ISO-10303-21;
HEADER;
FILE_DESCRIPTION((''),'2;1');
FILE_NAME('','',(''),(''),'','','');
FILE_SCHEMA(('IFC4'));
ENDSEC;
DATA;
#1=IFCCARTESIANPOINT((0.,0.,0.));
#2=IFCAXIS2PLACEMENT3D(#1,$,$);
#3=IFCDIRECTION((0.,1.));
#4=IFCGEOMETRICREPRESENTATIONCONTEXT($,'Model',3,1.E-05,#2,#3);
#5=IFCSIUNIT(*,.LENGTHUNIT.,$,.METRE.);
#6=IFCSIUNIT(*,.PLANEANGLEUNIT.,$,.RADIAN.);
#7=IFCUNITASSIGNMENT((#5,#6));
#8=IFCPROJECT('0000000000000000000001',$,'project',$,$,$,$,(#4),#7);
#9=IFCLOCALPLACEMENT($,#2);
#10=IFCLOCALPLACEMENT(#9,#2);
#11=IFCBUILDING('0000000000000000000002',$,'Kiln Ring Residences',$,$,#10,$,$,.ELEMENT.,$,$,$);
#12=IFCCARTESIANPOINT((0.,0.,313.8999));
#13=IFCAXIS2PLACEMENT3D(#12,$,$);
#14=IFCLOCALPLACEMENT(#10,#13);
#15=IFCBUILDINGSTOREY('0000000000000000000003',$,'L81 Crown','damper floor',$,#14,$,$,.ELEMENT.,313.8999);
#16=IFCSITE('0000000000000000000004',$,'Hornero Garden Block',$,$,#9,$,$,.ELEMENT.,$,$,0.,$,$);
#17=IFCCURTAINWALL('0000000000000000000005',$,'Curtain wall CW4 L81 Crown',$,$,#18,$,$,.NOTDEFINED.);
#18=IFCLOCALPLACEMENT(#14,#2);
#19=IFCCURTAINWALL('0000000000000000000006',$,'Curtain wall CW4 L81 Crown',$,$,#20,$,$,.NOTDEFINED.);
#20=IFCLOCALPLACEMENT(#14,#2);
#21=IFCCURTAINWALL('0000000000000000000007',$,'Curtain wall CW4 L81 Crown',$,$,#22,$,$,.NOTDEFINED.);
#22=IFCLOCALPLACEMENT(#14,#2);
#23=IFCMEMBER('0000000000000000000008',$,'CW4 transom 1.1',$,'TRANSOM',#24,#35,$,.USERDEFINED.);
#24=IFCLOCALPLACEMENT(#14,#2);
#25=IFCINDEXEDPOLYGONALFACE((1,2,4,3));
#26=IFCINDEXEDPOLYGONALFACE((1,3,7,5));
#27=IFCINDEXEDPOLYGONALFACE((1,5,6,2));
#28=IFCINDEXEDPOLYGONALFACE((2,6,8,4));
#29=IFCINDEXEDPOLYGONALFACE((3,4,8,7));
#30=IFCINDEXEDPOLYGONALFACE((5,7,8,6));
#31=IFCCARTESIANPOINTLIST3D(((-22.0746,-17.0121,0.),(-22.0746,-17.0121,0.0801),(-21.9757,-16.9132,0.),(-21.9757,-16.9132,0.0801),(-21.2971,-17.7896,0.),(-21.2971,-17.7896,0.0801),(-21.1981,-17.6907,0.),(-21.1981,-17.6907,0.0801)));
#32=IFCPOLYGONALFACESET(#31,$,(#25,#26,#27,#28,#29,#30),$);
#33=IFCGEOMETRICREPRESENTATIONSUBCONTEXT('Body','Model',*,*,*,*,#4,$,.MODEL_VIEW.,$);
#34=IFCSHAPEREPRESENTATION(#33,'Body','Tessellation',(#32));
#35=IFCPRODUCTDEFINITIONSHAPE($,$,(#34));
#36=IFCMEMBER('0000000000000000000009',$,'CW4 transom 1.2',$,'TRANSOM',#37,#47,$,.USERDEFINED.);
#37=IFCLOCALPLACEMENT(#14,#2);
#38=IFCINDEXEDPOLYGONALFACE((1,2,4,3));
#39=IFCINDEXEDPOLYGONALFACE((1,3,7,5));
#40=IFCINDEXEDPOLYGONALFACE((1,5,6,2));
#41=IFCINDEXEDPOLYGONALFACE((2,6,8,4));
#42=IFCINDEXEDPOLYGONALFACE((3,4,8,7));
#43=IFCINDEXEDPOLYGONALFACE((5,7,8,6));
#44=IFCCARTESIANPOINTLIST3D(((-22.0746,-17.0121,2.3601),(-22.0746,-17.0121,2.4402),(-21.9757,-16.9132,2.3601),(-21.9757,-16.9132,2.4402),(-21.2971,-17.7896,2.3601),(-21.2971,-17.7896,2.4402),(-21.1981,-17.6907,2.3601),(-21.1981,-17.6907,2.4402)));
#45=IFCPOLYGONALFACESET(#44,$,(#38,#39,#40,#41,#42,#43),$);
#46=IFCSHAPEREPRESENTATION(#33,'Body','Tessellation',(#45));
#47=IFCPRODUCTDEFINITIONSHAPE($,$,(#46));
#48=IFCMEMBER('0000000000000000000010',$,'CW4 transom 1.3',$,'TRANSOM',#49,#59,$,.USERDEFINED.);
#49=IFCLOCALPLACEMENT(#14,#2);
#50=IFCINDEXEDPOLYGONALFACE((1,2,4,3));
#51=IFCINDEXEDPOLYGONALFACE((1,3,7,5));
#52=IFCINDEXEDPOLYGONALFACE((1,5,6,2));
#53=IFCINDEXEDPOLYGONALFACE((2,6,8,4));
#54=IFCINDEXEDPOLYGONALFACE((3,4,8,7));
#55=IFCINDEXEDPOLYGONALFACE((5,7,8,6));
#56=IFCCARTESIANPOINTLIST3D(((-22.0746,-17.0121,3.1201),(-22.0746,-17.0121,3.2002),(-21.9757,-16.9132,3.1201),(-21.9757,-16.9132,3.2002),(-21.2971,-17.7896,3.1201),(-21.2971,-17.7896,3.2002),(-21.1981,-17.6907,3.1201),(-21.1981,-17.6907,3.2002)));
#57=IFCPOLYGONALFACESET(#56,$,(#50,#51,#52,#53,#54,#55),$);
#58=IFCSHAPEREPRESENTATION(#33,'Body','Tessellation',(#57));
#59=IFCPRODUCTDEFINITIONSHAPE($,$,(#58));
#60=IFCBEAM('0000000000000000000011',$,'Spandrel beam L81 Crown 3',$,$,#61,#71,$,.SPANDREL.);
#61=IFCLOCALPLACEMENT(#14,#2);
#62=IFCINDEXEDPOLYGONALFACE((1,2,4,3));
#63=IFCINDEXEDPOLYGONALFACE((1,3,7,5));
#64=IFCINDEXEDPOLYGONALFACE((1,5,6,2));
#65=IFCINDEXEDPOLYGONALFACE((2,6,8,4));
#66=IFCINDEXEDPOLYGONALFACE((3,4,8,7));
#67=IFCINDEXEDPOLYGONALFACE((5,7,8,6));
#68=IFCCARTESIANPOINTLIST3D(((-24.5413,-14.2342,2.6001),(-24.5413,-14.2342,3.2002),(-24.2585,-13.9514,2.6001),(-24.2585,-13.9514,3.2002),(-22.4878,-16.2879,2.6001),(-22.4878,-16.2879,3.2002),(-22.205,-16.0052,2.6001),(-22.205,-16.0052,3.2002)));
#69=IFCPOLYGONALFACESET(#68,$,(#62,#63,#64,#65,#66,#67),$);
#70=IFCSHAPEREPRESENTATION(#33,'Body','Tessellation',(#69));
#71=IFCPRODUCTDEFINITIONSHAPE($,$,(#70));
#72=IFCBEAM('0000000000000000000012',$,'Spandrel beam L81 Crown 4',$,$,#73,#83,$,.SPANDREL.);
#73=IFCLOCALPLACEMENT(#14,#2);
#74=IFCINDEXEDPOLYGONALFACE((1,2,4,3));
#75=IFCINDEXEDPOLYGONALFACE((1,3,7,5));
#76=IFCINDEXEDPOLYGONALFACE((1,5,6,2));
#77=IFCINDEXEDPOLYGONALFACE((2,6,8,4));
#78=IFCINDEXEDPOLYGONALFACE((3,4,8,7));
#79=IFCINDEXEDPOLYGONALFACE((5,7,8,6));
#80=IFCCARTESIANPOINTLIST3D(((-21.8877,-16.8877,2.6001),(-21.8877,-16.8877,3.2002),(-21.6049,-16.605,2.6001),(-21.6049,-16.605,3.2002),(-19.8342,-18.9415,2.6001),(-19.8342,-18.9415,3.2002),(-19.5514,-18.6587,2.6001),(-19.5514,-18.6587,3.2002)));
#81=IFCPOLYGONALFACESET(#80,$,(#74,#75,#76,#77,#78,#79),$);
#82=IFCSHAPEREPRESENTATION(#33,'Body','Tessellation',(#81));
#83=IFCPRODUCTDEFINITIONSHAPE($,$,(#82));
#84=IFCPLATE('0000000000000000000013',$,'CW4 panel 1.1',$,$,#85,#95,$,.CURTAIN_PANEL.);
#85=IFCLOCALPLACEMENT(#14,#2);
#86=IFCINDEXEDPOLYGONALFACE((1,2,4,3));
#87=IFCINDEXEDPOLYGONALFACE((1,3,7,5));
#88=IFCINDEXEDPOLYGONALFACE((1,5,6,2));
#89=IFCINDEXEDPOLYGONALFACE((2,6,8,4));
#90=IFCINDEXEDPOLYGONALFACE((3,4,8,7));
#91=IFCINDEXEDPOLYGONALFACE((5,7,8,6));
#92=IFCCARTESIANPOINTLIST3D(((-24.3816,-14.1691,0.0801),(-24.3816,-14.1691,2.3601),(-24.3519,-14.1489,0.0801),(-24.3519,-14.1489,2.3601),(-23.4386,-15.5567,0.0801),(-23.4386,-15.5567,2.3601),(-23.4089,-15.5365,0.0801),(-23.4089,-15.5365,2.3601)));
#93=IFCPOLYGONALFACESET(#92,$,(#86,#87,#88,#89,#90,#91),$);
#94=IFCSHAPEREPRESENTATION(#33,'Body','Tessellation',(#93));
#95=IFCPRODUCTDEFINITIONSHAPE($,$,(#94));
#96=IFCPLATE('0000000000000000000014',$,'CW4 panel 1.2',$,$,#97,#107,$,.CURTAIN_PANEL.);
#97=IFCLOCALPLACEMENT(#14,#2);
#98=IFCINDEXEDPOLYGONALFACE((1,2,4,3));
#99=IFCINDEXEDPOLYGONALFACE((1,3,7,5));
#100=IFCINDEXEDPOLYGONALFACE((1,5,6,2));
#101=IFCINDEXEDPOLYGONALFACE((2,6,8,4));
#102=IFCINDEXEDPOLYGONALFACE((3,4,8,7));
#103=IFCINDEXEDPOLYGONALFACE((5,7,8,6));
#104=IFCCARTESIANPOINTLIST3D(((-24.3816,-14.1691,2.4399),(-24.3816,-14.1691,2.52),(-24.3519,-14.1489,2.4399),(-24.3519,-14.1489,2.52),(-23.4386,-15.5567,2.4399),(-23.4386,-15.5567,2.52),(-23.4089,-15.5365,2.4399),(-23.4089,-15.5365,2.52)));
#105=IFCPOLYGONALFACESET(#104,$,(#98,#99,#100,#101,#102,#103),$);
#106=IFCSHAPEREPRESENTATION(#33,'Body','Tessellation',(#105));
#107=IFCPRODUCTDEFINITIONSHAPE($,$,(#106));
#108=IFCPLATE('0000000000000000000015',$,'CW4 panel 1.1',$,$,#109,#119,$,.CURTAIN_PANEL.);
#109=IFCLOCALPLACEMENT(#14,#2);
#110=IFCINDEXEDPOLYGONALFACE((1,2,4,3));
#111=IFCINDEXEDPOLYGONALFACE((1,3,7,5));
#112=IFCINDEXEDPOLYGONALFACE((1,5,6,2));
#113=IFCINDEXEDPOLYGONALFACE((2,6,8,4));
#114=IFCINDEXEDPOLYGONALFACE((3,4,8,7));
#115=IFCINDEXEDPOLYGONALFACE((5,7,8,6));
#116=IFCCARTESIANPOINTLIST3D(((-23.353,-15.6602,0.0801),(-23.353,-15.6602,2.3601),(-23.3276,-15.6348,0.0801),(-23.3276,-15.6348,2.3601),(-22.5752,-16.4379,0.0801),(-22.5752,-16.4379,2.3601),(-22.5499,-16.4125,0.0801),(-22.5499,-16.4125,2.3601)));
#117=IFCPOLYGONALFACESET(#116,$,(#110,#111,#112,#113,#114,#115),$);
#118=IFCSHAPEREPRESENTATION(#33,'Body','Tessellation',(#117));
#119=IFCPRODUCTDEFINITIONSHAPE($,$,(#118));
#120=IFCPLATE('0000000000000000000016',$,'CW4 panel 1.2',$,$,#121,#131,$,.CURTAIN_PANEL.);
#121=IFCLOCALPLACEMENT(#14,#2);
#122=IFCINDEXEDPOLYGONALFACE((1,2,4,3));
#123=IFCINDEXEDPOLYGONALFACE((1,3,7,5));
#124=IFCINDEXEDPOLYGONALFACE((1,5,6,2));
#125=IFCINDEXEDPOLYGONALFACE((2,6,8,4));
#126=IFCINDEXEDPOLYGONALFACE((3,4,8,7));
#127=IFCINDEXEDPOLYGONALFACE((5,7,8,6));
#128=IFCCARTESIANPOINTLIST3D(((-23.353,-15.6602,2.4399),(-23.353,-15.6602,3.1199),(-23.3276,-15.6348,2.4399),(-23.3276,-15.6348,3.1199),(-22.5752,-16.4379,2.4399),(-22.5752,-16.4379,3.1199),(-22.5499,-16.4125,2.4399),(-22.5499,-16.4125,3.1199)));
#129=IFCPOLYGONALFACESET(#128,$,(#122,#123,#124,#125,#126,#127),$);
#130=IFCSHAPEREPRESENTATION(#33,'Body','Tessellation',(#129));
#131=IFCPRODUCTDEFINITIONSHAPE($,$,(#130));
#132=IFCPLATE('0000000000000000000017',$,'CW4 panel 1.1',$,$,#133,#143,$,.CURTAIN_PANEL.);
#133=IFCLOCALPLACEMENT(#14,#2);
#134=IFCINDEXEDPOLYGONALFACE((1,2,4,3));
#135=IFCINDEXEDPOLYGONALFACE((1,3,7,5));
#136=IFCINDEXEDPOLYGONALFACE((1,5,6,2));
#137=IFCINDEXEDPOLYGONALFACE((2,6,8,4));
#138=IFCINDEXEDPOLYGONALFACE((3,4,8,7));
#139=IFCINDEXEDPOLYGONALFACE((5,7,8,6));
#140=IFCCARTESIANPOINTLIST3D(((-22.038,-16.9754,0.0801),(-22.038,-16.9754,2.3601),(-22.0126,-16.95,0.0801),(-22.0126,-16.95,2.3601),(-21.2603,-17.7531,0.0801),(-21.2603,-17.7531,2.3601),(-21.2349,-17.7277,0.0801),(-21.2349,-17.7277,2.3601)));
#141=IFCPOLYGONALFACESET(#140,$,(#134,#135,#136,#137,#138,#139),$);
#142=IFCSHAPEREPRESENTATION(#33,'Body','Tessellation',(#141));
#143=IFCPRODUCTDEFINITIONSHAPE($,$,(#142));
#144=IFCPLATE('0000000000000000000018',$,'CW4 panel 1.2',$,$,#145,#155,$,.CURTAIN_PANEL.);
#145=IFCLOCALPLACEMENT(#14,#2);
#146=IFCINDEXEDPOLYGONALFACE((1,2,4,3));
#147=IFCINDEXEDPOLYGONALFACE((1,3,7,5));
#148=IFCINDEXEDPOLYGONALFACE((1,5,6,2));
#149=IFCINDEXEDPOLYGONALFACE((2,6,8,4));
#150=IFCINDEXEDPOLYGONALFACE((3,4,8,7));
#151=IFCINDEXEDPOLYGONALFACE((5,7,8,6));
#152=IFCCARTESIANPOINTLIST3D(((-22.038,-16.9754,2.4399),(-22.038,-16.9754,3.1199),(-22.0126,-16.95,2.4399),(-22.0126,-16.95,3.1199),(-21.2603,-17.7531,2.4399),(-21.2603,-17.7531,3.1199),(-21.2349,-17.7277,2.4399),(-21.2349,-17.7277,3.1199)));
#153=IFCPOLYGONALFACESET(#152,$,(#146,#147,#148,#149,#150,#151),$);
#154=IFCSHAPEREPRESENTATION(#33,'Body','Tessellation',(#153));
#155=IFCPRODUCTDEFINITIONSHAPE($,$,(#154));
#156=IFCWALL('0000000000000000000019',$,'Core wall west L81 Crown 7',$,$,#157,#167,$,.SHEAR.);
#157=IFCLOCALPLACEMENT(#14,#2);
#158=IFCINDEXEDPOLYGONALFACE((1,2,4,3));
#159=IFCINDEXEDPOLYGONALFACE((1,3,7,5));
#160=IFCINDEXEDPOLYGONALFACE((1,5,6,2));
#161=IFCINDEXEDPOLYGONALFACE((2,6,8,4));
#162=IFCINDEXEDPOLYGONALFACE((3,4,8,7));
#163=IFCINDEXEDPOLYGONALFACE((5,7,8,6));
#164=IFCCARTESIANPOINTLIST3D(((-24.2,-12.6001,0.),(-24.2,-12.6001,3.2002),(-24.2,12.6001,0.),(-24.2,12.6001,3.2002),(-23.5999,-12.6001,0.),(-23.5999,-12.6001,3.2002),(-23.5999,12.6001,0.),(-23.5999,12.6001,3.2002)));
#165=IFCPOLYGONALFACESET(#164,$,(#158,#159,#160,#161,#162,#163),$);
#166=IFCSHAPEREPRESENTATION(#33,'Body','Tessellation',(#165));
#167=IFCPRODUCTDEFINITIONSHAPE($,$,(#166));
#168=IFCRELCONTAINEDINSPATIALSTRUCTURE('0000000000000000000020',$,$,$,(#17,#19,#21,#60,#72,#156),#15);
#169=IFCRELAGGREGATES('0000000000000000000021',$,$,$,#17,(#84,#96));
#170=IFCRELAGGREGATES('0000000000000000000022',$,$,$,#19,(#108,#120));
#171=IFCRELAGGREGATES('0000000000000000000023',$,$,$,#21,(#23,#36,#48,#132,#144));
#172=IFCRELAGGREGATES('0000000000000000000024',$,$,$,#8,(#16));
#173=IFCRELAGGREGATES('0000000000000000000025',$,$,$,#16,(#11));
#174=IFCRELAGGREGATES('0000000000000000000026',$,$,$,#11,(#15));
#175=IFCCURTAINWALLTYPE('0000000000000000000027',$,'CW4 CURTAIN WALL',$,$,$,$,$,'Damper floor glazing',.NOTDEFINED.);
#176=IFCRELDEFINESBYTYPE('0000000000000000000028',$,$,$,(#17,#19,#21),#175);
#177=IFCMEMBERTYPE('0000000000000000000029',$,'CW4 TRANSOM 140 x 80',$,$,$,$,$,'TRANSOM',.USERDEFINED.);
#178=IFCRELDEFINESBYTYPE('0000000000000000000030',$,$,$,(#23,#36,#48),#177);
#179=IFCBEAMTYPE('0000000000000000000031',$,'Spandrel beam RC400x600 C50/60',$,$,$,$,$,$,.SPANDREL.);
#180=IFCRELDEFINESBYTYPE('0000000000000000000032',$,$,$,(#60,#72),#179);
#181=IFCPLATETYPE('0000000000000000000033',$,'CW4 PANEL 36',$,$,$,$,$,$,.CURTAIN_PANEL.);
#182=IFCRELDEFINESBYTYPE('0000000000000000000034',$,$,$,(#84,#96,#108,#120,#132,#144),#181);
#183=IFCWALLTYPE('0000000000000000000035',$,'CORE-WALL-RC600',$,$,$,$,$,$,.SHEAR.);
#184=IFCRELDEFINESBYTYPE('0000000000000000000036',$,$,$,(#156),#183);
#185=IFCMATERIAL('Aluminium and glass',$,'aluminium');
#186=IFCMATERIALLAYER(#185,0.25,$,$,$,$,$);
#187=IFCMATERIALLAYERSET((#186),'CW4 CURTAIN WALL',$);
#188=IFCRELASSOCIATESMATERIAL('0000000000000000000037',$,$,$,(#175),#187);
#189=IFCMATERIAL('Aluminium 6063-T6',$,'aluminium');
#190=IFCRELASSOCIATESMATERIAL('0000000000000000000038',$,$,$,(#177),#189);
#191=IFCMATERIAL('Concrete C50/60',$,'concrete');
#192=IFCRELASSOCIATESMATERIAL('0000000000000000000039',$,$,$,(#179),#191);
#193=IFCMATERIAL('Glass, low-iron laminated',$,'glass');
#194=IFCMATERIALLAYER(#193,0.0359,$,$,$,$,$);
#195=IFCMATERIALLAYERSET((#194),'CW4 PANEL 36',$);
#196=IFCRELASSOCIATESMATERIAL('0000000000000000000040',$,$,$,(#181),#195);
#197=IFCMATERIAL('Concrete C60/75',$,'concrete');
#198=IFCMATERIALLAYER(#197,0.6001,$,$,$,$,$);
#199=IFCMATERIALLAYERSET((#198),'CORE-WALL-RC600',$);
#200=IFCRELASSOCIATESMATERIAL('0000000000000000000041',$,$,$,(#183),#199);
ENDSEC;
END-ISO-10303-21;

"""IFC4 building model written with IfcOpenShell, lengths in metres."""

from ifc_helpers import new_model, si_unit, direction, frame, frame_2d, origin, origin_2d, place, context, subcontext, project, spatial, rectangle, extrude, material, layer, layer_set, material_profile, profile_set, type_object, element, aggregate, save


model = new_model("IFC4")

# Units and contexts
model_context = context("Model", 3, precision=1e-05, world=origin(), true_north=direction((0.0, 1.0)))
body_context = subcontext(model_context, "Body", "Model", "MODEL_VIEW")
ifc_project = project(units=[si_unit("LENGTHUNIT", "METRE"), si_unit("PLANEANGLEUNIT", "RADIAN")], contexts=[model_context])

# Site, building, storey
site_placement = place(None, origin())
site = spatial("IfcSite", under=ifc_project, at=site_placement, Name="Hornero Garden Block", CompositionType="ELEMENT", RefElevation=0.0)
building_placement = place(site_placement, origin())
building = spatial("IfcBuilding", under=site, at=building_placement, Name="Kiln Ring Residences", CompositionType="ELEMENT")
storey_placement = place(building_placement, frame((0.0, 0.0, 313.8999)))
storey = spatial("IfcBuildingStorey", under=building, at=storey_placement, Name="L81 Crown", Description="damper floor", CompositionType="ELEMENT", Elevation=313.8999)

# Shared definitions
ifc_material_1 = material(Name="Aluminium and glass", Category="aluminium")
ifc_layer_1 = layer(ifc_material_1, 0.25)
ifc_layer_set_1 = layer_set([ifc_layer_1], Name="CW4 CURTAIN WALL")
curtain_wall_type = type_object("IfcCurtainWallType", Name="CW4 CURTAIN WALL", ElementType="Damper floor glazing", PredefinedType="NOTDEFINED", material=ifc_layer_set_1)
placement = place(storey_placement, origin())

# Curtain walls
curtain_wall_1 = element("IfcCurtainWall", 1, at=placement, inside=storey, type_object=curtain_wall_type, Name="Curtain wall CW4 L81 Crown", PredefinedType="NOTDEFINED")
curtain_wall_2 = element("IfcCurtainWall", 2, at=placement, inside=storey, type_object=curtain_wall_type, Name="Curtain wall CW4 L81 Crown", PredefinedType="NOTDEFINED")

# Curtain wall
curtain_wall_3 = element("IfcCurtainWall", 3, at=placement, inside=storey, type_object=curtain_wall_type, Name="Curtain wall CW4 L81 Crown", PredefinedType="NOTDEFINED")

# Members
ifc_material_2 = material(Name="Aluminium 6063-T6", Category="aluminium")
ifc_material_profile_1 = material_profile(ifc_material_2, rectangle(XDim=0.1399, YDim=0.0801, at=origin_2d()), Name="AL 140x80")
ifc_profile_set_1 = profile_set([ifc_material_profile_1], Name="Aluminium 6063-T6")
member_type_1 = type_object("IfcMemberType", Name="CW4 TRANSOM 140 x 80", ElementType="TRANSOM", PredefinedType="USERDEFINED", material=ifc_profile_set_1)
member_1_placement = place(storey_placement, frame((-22.0251, -16.9626, 0.04), z_axis=(0.707107, -0.707107, 0.0), x_axis=(0.707107, 0.707107, 0.0)))
member_1 = element("IfcMember", 4, at=member_1_placement, type_object=member_type_1, Name="CW4 transom 1.1", ObjectType="TRANSOM", PredefinedType="USERDEFINED", context=body_context, shape_type="SweptSolid", body=[
    extrude(rectangle(XDim=0.1399, YDim=0.0801, at=origin_2d()), origin(), (0.0, 0.0, 1.0), 1.0996),
])
member_2_placement = place(storey_placement, frame((-22.0251, -16.9626, 2.4001), z_axis=(0.707107, -0.707107, 0.0), x_axis=(0.707107, 0.707107, 0.0)))
member_2 = element("IfcMember", 5, at=member_2_placement, type_object=member_type_1, Name="CW4 transom 1.2", ObjectType="TRANSOM", PredefinedType="USERDEFINED", context=body_context, shape_type="SweptSolid", body=[
    extrude(rectangle(XDim=0.1399, YDim=0.0801, at=origin_2d()), origin(), (0.0, 0.0, 1.0), 1.0996),
])
member_3_placement = place(storey_placement, frame((-22.0251, -16.9626, 3.1602), z_axis=(0.707107, -0.707107, 0.0), x_axis=(0.707107, 0.707107, 0.0)))
member_3 = element("IfcMember", 6, at=member_3_placement, type_object=member_type_1, Name="CW4 transom 1.3", ObjectType="TRANSOM", PredefinedType="USERDEFINED", context=body_context, shape_type="SweptSolid", body=[
    extrude(rectangle(XDim=0.1399, YDim=0.0801, at=origin_2d()), origin(), (0.0, 0.0, 1.0), 1.0996),
])

# Beams
ifc_material_3 = material(Name="Concrete C50/60", Category="concrete")
ifc_material_profile_2 = material_profile(ifc_material_3, rectangle(XDim=0.3999, YDim=0.6001, at=origin_2d()), Name="RC400x600")
ifc_profile_set_2 = profile_set([ifc_material_profile_2], Name="Concrete C50/60")
beam_type = type_object("IfcBeamType", Name="Spandrel beam RC400x600 C50/60", PredefinedType="SPANDREL", material=ifc_profile_set_2)
for number, where, z_axis, x_axis, name in (
    (7, (-24.3999, -14.0928, 2.9001), (0.707065, -0.707149, 0.0), (0.707149, 0.707065, 0.0), "Spandrel beam L81 Crown 3"),
    (8, (-21.7463, -16.7463, 2.9001), (0.707065, -0.707149, 0.0), (0.707149, 0.707065, 0.0), "Spandrel beam L81 Crown 4"),
):
    element("IfcBeam", number, at=place(storey_placement, frame(where, z_axis=z_axis, x_axis=x_axis)), inside=storey, type_object=beam_type, Name=name, PredefinedType="SPANDREL", context=body_context, shape_type="SweptSolid", body=[
        extrude(rectangle(XDim=0.3999, YDim=0.6001, at=origin_2d()), origin(), (0.0, 0.0, 1.0), 2.9043),
    ])

# Plates
ifc_material_4 = material(Name="Glass, low-iron laminated", Category="glass")
ifc_layer_2 = layer(ifc_material_4, 0.0359)
ifc_layer_set_2 = layer_set([ifc_layer_2], Name="CW4 PANEL 36")
plate_type = type_object("IfcPlateType", Name="CW4 PANEL 36", PredefinedType="CURTAIN_PANEL", material=ifc_layer_set_2)
plate_1_placement = place(storey_placement, frame((-23.8953, -14.8528, 0.0801), z_axis=(0.0, 0.0, 1.0), x_axis=(0.562097, -0.827072, 0.0)))
plate_1 = element("IfcPlate", 9, at=plate_1_placement, type_object=plate_type, Name="CW4 panel 1.1", PredefinedType="CURTAIN_PANEL", context=body_context, shape_type="SweptSolid", body=[
    extrude(rectangle(XDim=1.6777, YDim=0.0359, at=origin_2d()), origin(), (0.0, 0.0, 1.0), 2.28),
])
plate_2_placement = place(storey_placement, frame((-23.8953, -14.8528, 2.4399), z_axis=(0.0, 0.0, 1.0), x_axis=(0.562097, -0.827072, 0.0)))
plate_2 = element("IfcPlate", 10, at=plate_2_placement, type_object=plate_type, Name="CW4 panel 1.2", PredefinedType="CURTAIN_PANEL", context=body_context, shape_type="SweptSolid", body=[
    extrude(rectangle(XDim=1.6777, YDim=0.0359, at=origin_2d()), origin(), (0.0, 0.0, 1.0), 0.0801),
])
aggregate(curtain_wall_1, [plate_1, plate_2])
plate_3_placement = place(storey_placement, frame((-22.9514, -16.0364, 0.0801), z_axis=(0.0, 0.0, 1.0), x_axis=(0.707107, -0.707107, 0.0)))
plate_3 = element("IfcPlate", 11, at=plate_3_placement, type_object=plate_type, Name="CW4 panel 1.1", PredefinedType="CURTAIN_PANEL", context=body_context, shape_type="SweptSolid", body=[
    extrude(rectangle(XDim=1.0999, YDim=0.0359, at=origin_2d()), origin(), (0.0, 0.0, 1.0), 2.28),
])
plate_4_placement = place(storey_placement, frame((-22.9514, -16.0364, 2.4399), z_axis=(0.0, 0.0, 1.0), x_axis=(0.707107, -0.707107, 0.0)))
plate_4 = element("IfcPlate", 12, at=plate_4_placement, type_object=plate_type, Name="CW4 panel 1.2", PredefinedType="CURTAIN_PANEL", context=body_context, shape_type="SweptSolid", body=[
    extrude(rectangle(XDim=1.0999, YDim=0.0359, at=origin_2d()), origin(), (0.0, 0.0, 1.0), 0.6799),
])
aggregate(curtain_wall_2, [plate_3, plate_4])
plate_5_placement = place(storey_placement, frame((-21.6365, -17.3516, 0.0801), z_axis=(0.0, 0.0, 1.0), x_axis=(0.707107, -0.707107, 0.0)))
plate_5 = element("IfcPlate", 13, at=plate_5_placement, type_object=plate_type, Name="CW4 panel 1.1", PredefinedType="CURTAIN_PANEL", context=body_context, shape_type="SweptSolid", body=[
    extrude(rectangle(XDim=1.0999, YDim=0.0359, at=origin_2d()), origin(), (0.0, 0.0, 1.0), 2.28),
])
plate_6_placement = place(storey_placement, frame((-21.6365, -17.3516, 2.4399), z_axis=(0.0, 0.0, 1.0), x_axis=(0.707107, -0.707107, 0.0)))
plate_6 = element("IfcPlate", 14, at=plate_6_placement, type_object=plate_type, Name="CW4 panel 1.2", PredefinedType="CURTAIN_PANEL", context=body_context, shape_type="SweptSolid", body=[
    extrude(rectangle(XDim=1.0999, YDim=0.0359, at=origin_2d()), origin(), (0.0, 0.0, 1.0), 0.6799),
])
aggregate(curtain_wall_3, [member_1, member_2, member_3, plate_5, plate_6])

# Wall
ifc_material_5 = material(Name="Concrete C60/75", Category="concrete")
ifc_layer_3 = layer(ifc_material_5, 0.6001)
ifc_layer_set_3 = layer_set([ifc_layer_3], Name="CORE-WALL-RC600")
wall_type_1 = type_object("IfcWallType", Name="CORE-WALL-RC600", PredefinedType="SHEAR", material=ifc_layer_set_3)
wall_1_placement = place(storey_placement, frame((-23.8999, -12.6001, 0.0), z_axis=(0.0, 0.0, 1.0), x_axis=(0.0, 1.0, 0.0)))
element("IfcWall", 15, at=wall_1_placement, inside=storey, type_object=wall_type_1, Name="Core wall west L81 Crown 7", PredefinedType="SHEAR", context=body_context, shape_type="SweptSolid", body=[
    extrude(rectangle(XDim=25.2002, YDim=0.6001, at=frame_2d((12.6001, 0.0))), origin(), (0.0, 0.0, 1.0), 3.2002),
])

save(model, "model.ifc")
